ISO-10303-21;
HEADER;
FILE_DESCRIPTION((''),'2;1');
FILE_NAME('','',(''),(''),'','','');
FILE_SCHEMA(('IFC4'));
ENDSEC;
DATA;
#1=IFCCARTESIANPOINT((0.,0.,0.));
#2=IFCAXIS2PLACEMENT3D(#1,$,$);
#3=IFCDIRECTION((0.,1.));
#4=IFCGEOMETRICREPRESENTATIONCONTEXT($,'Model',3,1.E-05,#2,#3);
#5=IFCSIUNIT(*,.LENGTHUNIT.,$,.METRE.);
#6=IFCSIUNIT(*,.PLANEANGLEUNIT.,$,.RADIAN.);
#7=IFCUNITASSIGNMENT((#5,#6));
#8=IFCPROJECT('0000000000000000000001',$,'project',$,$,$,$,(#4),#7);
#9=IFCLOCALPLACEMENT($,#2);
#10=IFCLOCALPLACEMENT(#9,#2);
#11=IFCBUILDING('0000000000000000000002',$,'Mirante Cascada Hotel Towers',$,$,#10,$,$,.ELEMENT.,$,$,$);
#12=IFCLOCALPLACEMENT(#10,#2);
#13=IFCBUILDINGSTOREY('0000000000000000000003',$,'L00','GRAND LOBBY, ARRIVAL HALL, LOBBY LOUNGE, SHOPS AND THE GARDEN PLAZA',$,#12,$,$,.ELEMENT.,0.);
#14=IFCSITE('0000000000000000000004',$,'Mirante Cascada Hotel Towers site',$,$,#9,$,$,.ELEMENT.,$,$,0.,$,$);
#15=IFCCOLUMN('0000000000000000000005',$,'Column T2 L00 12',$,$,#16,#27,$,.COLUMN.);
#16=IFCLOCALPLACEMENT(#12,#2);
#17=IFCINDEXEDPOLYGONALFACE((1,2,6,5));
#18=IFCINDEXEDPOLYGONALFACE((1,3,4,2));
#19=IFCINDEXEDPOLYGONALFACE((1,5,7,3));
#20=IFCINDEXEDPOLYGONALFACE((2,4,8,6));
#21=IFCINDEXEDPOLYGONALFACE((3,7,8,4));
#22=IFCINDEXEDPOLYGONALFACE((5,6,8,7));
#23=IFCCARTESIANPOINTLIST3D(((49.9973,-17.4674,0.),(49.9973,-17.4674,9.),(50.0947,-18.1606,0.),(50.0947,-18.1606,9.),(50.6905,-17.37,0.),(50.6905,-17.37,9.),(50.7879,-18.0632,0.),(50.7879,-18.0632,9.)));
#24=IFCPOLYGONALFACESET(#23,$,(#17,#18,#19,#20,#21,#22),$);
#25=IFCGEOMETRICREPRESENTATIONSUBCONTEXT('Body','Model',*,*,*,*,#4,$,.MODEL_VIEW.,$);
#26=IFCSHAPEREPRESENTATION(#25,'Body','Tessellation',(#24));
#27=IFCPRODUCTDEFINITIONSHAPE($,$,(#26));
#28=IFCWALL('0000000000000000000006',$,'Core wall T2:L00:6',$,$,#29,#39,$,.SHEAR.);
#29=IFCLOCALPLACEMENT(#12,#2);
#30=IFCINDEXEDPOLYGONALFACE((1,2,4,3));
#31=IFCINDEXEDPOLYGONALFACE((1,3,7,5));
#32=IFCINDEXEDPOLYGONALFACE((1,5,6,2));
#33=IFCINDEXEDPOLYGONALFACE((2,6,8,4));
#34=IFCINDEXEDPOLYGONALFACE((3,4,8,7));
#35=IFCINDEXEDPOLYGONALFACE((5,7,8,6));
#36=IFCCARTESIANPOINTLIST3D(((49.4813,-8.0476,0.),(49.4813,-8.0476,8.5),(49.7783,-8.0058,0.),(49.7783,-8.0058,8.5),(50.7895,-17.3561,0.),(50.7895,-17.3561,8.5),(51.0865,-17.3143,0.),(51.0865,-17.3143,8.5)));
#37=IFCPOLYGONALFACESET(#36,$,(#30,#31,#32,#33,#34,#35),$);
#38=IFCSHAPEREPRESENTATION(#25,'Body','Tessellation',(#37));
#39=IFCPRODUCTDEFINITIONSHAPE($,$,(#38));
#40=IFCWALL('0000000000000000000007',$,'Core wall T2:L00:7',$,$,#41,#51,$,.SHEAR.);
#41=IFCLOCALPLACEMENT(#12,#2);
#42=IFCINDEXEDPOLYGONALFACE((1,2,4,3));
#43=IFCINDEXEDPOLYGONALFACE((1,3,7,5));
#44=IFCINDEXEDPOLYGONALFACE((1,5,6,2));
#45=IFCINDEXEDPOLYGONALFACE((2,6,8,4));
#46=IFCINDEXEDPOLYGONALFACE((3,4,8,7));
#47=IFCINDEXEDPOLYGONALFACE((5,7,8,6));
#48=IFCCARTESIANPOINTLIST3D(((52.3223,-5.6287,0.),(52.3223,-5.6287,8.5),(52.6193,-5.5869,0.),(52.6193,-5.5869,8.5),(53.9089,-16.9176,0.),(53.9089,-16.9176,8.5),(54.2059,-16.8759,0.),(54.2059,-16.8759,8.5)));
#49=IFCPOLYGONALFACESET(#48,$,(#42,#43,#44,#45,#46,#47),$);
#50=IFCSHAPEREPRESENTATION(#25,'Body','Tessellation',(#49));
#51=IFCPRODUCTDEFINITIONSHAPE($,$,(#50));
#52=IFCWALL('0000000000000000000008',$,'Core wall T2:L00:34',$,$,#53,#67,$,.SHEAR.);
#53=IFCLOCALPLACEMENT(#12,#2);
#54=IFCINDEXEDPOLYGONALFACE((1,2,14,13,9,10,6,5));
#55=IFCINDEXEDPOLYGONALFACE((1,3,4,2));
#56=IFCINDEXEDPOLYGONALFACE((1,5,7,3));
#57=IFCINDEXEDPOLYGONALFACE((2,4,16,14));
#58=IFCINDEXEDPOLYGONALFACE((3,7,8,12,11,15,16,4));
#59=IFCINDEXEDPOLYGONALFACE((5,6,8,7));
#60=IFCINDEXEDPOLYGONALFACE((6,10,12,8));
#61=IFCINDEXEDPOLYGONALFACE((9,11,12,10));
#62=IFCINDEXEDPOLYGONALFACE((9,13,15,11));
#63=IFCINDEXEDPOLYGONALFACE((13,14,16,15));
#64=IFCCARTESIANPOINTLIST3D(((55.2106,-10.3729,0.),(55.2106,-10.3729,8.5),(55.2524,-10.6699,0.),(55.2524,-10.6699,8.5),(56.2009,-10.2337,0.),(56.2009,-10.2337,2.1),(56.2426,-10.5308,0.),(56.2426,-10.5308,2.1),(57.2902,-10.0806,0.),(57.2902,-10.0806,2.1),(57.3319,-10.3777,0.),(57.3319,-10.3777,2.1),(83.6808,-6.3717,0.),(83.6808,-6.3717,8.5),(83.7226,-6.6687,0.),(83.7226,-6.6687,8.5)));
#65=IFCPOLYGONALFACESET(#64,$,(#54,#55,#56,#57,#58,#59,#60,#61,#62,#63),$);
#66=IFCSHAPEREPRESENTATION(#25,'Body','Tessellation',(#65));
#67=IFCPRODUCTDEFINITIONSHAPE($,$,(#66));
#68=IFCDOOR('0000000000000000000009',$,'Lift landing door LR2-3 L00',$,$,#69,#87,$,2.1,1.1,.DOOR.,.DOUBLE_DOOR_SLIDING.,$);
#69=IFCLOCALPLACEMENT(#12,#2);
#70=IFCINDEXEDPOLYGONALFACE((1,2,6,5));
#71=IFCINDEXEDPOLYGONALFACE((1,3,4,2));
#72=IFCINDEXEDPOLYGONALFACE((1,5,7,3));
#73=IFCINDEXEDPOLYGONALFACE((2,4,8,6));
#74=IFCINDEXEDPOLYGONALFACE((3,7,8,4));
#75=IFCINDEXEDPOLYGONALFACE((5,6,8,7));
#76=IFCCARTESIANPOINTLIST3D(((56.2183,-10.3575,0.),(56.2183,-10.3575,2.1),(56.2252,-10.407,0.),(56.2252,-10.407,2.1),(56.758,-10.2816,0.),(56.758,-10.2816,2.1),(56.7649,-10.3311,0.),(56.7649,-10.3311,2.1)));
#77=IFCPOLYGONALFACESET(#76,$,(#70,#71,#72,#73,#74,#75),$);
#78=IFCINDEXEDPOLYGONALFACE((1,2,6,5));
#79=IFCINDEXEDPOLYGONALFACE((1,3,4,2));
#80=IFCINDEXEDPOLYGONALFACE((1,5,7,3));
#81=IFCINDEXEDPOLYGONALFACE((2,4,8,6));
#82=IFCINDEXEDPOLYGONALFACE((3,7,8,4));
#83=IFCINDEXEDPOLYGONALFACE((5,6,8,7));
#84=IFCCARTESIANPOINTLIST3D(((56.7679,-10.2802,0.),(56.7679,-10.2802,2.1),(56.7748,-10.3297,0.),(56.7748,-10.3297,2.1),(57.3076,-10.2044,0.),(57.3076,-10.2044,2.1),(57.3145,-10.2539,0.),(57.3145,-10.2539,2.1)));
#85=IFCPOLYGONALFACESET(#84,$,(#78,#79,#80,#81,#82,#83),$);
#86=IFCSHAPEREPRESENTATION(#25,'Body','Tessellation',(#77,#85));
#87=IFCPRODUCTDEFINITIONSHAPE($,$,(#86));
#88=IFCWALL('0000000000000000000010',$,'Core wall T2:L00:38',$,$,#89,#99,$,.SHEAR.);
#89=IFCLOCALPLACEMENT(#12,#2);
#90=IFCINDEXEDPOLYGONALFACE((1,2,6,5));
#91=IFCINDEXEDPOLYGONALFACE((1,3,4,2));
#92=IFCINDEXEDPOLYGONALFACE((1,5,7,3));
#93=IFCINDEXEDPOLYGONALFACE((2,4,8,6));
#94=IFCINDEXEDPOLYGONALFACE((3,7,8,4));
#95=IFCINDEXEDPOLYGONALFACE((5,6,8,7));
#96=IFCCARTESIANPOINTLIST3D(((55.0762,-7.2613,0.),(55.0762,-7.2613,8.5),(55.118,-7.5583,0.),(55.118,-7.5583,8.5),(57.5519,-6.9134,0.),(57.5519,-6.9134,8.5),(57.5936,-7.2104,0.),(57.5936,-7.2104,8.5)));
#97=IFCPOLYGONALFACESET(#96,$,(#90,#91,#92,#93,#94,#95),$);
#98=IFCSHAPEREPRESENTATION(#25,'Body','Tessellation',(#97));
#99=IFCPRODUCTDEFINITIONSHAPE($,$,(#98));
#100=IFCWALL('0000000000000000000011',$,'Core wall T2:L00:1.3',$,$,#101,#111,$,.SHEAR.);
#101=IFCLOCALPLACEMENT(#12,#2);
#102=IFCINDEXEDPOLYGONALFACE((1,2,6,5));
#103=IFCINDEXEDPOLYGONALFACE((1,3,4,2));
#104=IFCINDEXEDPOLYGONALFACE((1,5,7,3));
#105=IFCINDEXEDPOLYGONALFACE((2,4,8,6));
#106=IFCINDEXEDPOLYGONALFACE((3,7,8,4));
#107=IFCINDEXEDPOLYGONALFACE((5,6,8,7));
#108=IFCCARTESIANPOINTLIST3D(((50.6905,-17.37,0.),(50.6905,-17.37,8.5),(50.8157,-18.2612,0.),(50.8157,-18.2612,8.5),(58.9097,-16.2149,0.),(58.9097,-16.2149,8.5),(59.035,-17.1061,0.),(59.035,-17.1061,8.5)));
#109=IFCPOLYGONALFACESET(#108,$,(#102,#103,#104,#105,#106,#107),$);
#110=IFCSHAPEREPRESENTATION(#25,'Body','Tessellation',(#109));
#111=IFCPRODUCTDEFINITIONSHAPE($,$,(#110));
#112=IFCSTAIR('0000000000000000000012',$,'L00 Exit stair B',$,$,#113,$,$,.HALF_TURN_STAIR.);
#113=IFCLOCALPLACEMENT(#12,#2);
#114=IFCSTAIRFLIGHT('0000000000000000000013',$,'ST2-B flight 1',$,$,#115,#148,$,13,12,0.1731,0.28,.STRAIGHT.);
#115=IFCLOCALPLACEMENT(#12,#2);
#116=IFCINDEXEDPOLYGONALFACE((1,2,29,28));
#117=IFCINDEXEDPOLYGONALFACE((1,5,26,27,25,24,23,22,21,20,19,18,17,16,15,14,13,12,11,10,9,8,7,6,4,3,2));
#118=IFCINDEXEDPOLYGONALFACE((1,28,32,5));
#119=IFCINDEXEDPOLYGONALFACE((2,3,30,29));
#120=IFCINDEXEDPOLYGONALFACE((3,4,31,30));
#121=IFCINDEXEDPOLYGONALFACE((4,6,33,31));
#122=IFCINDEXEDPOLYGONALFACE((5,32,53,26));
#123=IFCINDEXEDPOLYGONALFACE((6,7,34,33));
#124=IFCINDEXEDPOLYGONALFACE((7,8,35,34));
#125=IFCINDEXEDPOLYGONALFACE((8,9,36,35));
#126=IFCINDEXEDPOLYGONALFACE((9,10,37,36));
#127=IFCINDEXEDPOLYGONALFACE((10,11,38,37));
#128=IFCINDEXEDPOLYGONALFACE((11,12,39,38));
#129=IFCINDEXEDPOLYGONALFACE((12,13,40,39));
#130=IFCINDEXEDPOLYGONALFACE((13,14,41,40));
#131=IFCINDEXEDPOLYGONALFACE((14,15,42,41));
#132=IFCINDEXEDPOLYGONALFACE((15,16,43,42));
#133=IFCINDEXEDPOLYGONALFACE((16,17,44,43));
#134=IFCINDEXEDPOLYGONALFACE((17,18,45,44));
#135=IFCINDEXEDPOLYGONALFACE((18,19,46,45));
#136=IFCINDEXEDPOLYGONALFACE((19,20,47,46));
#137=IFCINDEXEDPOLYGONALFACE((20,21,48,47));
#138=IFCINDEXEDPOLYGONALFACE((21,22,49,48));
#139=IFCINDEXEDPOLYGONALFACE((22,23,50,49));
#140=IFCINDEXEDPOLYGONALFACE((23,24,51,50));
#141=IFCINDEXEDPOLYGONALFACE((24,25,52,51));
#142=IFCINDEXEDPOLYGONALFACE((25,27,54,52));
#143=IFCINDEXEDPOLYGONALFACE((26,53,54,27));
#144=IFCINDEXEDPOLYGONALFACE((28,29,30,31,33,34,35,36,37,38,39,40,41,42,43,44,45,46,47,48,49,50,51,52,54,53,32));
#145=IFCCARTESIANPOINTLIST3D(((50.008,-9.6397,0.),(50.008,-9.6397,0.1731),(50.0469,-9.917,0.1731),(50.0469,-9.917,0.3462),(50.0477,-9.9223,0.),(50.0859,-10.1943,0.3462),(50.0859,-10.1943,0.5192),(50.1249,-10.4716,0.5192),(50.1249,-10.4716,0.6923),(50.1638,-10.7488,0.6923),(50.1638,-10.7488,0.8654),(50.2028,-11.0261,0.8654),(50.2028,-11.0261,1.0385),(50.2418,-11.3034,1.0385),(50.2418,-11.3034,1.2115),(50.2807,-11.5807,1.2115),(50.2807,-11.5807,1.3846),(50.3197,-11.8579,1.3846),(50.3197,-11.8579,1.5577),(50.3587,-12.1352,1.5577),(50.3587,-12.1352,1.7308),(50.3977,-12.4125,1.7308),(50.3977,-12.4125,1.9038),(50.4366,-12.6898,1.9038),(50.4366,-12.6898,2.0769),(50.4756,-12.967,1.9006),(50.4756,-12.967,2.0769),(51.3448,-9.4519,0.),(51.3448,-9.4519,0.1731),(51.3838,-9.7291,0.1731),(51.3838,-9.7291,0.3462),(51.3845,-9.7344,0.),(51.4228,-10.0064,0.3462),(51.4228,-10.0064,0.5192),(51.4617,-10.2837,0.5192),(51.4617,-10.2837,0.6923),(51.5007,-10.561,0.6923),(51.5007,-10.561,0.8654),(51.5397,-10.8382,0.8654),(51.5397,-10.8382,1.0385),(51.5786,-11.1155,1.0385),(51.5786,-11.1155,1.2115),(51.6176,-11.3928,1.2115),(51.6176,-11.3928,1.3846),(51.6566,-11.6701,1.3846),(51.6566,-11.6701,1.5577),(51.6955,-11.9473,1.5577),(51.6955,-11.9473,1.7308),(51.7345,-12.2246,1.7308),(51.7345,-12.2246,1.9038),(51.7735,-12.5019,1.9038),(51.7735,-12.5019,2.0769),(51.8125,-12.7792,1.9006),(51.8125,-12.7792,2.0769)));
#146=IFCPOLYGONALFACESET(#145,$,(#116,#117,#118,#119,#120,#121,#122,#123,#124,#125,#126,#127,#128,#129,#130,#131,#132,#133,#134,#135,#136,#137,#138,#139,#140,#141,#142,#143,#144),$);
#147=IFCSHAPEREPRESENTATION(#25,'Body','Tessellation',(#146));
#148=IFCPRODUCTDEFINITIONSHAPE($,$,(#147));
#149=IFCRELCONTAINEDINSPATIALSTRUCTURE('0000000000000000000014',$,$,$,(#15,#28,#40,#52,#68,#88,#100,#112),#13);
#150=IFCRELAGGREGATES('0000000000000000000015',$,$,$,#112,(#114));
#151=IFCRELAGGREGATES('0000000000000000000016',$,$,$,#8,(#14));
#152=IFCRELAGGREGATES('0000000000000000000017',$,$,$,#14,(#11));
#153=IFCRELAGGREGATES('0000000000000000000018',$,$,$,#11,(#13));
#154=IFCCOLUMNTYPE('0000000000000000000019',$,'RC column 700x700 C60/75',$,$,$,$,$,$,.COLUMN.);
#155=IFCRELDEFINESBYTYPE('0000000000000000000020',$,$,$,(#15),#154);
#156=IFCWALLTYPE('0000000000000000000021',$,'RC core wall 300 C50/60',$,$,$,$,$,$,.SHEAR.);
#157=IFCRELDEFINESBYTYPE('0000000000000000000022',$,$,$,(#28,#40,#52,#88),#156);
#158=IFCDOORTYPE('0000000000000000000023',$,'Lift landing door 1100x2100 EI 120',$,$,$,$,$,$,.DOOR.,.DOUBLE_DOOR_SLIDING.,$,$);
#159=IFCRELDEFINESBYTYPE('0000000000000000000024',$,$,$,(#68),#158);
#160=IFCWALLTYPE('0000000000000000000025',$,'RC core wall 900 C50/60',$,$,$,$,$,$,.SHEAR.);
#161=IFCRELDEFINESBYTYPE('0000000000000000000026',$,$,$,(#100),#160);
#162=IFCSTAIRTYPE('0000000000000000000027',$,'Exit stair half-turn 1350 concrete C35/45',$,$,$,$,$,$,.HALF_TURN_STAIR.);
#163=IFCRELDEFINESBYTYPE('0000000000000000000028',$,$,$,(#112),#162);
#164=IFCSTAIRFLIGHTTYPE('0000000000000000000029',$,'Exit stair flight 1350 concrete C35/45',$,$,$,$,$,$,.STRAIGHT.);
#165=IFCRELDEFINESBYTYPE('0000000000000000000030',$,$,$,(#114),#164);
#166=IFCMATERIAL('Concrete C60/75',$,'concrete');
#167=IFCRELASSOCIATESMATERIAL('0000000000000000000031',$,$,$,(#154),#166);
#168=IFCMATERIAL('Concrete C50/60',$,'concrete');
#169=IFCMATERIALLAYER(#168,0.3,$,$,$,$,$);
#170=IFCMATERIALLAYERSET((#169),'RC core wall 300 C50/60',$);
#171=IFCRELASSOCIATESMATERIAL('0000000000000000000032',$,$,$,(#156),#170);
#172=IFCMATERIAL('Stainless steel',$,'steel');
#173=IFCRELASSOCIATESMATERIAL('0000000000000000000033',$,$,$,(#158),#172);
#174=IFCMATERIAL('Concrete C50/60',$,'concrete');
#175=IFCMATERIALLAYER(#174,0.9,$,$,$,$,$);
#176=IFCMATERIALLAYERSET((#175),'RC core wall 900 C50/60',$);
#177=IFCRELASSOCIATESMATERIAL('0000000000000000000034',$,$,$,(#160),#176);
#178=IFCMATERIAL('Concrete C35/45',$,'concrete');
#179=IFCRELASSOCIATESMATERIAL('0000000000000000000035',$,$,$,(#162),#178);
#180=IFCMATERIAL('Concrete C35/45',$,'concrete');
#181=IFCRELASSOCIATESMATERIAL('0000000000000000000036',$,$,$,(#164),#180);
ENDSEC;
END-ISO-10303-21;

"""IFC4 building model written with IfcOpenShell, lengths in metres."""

from ifc_helpers import new_model, si_unit, direction, frame, frame_2d, origin, origin_2d, place, context, subcontext, project, spatial, polyline, rectangle, outline, extrude, material, layer, layer_set, material_profile, profile_set, type_object, element, fill, aggregate, save


model = new_model("IFC4")

# Units and contexts
model_context = context("Model", 3, precision=1e-05, world=origin(), true_north=direction((0.0, 1.0)))
body_context = subcontext(model_context, "Body", "Model", "MODEL_VIEW")
ifc_project = project(units=[si_unit("LENGTHUNIT", "METRE"), si_unit("PLANEANGLEUNIT", "RADIAN")], contexts=[model_context])

# Site, building, storey
site_placement = place(None, origin())
site = spatial("IfcSite", under=ifc_project, at=site_placement, Name="Mirante Cascada Hotel Towers site", CompositionType="ELEMENT", RefElevation=0.0)
building_placement = place(site_placement, origin())
building = spatial("IfcBuilding", under=site, at=building_placement, Name="Mirante Cascada Hotel Towers", CompositionType="ELEMENT")
storey_placement = place(building_placement, origin())
storey = spatial("IfcBuildingStorey", under=building, at=storey_placement, Name="L00", Description="GRAND LOBBY, ARRIVAL HALL, LOBBY LOUNGE, SHOPS AND THE GARDEN PLAZA", CompositionType="ELEMENT", Elevation=0.0)

# Column
ifc_material_1 = material(Name="Concrete C60/75", Category="concrete")
ifc_material_profile = material_profile(ifc_material_1, rectangle(XDim=0.7, YDim=0.7, at=origin_2d()), Name="RC column 700x700 C60/75")
ifc_profile_set = profile_set([ifc_material_profile], Name="Concrete C60/75")
column_type = type_object("IfcColumnType", Name="RC column 700x700 C60/75", PredefinedType="COLUMN", material=ifc_profile_set)
column_placement = place(storey_placement, frame((50.3926, -17.7653, 0.0), z_axis=(0.0, 0.0, 1.0), x_axis=(0.990268, 0.139173, 0.0)))
element("IfcColumn", 1, at=column_placement, inside=storey, type_object=column_type, Name="Column T2 L00 12", PredefinedType="COLUMN", context=body_context, shape_type="SweptSolid", body=[
    extrude(rectangle(XDim=0.7, YDim=0.7, at=origin_2d()), origin(), (0.0, 0.0, 1.0), 9.0),
])

# Walls
ifc_material_2 = material(Name="Concrete C50/60", Category="concrete")
ifc_layer_1 = layer(ifc_material_2, 0.3)
ifc_layer_set_1 = layer_set([ifc_layer_1], Name="RC core wall 300 C50/60")
wall_type_1 = type_object("IfcWallType", Name="RC core wall 300 C50/60", PredefinedType="SHEAR", material=ifc_layer_set_1)
wall_1_placement = place(storey_placement, frame((50.938, -17.3352, 0.0), z_axis=(0.0, 0.0, 1.0), x_axis=(-0.139171, 0.990268, 0.0)))
element("IfcWall", 2, at=wall_1_placement, inside=storey, type_object=wall_type_1, Name="Core wall T2:L00:6", PredefinedType="SHEAR", context=body_context, shape_type="SweptSolid", body=[
    extrude(rectangle(XDim=9.4, YDim=0.3, at=frame_2d((4.7, 0.0))), origin(), (0.0, 0.0, 1.0), 8.5),
])
wall_2_placement = place(storey_placement, frame((54.0574, -16.8968, 0.0), z_axis=(0.0, 0.0, 1.0), x_axis=(-0.139176, 0.990268, 0.0)))
element("IfcWall", 3, at=wall_2_placement, inside=storey, type_object=wall_type_1, Name="Core wall T2:L00:7", PredefinedType="SHEAR", context=body_context, shape_type="SweptSolid", body=[
    extrude(rectangle(XDim=11.3999, YDim=0.3, at=frame_2d((5.7, 0.0))), origin(), (0.0, 0.0, 1.0), 8.5),
])

# Shared definitions
ifc_material_3 = material(Name="Stainless steel", Category="steel")
door_type_1 = type_object("IfcDoorType", Name="Lift landing door 1100x2100 EI 120", OperationType="DOUBLE_DOOR_SLIDING", PredefinedType="DOOR", material=ifc_material_3)

# Wall, opening, door
wall_3_placement = place(storey_placement, frame((55.2315, -10.5214, 0.0), z_axis=(0.0, 0.0, 1.0), x_axis=(0.990268, 0.139172, 0.0)))
wall_3 = element("IfcWall", 4, at=wall_3_placement, inside=storey, type_object=wall_type_1, Name="Core wall T2:L00:34", PredefinedType="SHEAR", context=body_context, shape_type="SweptSolid", body=[
    extrude(rectangle(XDim=28.75, YDim=0.3, at=frame_2d((14.375, 0.0))), origin(), (0.0, 0.0, 1.0), 8.5),
])
opening_1_placement = place(wall_3_placement, frame((1.0, 0.0, 0.0)))
opening_1 = element("IfcOpeningElement", 5, at=opening_1_placement, cuts=wall_3, PredefinedType="OPENING", context=body_context, shape_type="SweptSolid", body=[
    extrude(rectangle(XDim=1.1, YDim=2.1, at=frame_2d((0.55, 1.05))), frame((0.0, 0.15, 0.0), z_axis=(0.0, -1.0, 0.0), x_axis=(1.0, 0.0, 0.0)), (0.0, 0.0, 1.0), 0.3),
])
door_1_placement = place(opening_1_placement, origin())
door_1 = element("IfcDoor", 6, at=door_1_placement, inside=storey, type_object=door_type_1, Name="Lift landing door LR2-3 L00", OperationType="DOUBLE_DOOR_SLIDING", OverallHeight=2.1, OverallWidth=1.1, PredefinedType="DOOR", context=body_context, shape_type="SweptSolid", body=[
    extrude(rectangle(XDim=0.545, YDim=2.1, at=frame_2d((0.2725, 1.05))), frame((0.0, 0.025, 0.0), z_axis=(0.0, -1.0, 0.0), x_axis=(1.0, 0.0, 0.0)), (0.0, 0.0, 1.0), 0.05),
    extrude(rectangle(XDim=0.545, YDim=2.1, at=frame_2d((0.8275, 1.05))), frame((0.0, 0.025, 0.0), z_axis=(0.0, -1.0, 0.0), x_axis=(1.0, 0.0, 0.0)), (0.0, 0.0, 1.0), 0.05),
])
fill(opening_1, door_1)

# Walls
wall_4_placement = place(storey_placement, frame((55.0971, -7.4098, 0.0), z_axis=(0.0, 0.0, 1.0), x_axis=(0.99027, 0.139159, 0.0)))
element("IfcWall", 7, at=wall_4_placement, inside=storey, type_object=wall_type_1, Name="Core wall T2:L00:38", PredefinedType="SHEAR", context=body_context, shape_type="SweptSolid", body=[
    extrude(rectangle(XDim=2.5, YDim=0.3, at=frame_2d((1.25, 0.0))), origin(), (0.0, 0.0, 1.0), 8.5),
])
ifc_material_4 = material(Name="Concrete C50/60", Category="concrete")
ifc_layer_2 = layer(ifc_material_4, 0.9)
ifc_layer_set_2 = layer_set([ifc_layer_2], Name="RC core wall 900 C50/60")
wall_type_2 = type_object("IfcWallType", Name="RC core wall 900 C50/60", PredefinedType="SHEAR", material=ifc_layer_set_2)
wall_5_placement = place(storey_placement, frame((50.7531, -17.8156, 0.0), z_axis=(0.0, 0.0, 1.0), x_axis=(0.990269, 0.139169, 0.0)))
element("IfcWall", 8, at=wall_5_placement, inside=storey, type_object=wall_type_2, Name="Core wall T2:L00:1.3", PredefinedType="SHEAR", context=body_context, shape_type="SweptSolid", body=[
    extrude(rectangle(XDim=8.3, YDim=0.9, at=frame_2d((4.15, 0.0))), origin(), (0.0, 0.0, 1.0), 8.5),
])

# Stair, stair flight
ifc_material_5 = material(Name="Concrete C35/45", Category="concrete")
stair_type = type_object("IfcStairType", Name="Exit stair half-turn 1350 concrete C35/45", PredefinedType="HALF_TURN_STAIR", material=ifc_material_5)
stair_placement = place(storey_placement, origin())
stair = element("IfcStair", 9, at=stair_placement, inside=storey, type_object=stair_type, Name="L00 Exit stair B", PredefinedType="HALF_TURN_STAIR")
ifc_material_6 = material(Name="Concrete C35/45", Category="concrete")
stair_flight_type = type_object("IfcStairFlightType", Name="Exit stair flight 1350 concrete C35/45", PredefinedType="STRAIGHT", material=ifc_material_6)
stair_flight_1_placement = place(storey_placement, frame((50.6764, -9.5458, 0.0), z_axis=(0.0, 0.0, 1.0), x_axis=(0.139173, -0.990268, 0.0)))
stair_flight_1 = element("IfcStairFlight", 10, at=stair_flight_1_placement, type_object=stair_flight_type, Name="ST2-B flight 1", NumberOfRisers=13, NumberOfTreads=12, PredefinedType="STRAIGHT", RiserHeight=0.1731, TreadLength=0.28, context=body_context, shape_type="SweptSolid", body=[
    extrude(outline(polyline([(0.0, 0.0), (0.0, 0.1731), (0.28, 0.1731), (0.28, 0.3462), (0.56, 0.3462), (0.56, 0.5192), (0.84, 0.5192), (0.84, 0.6923), (1.12, 0.6923), (1.12, 0.8654), (1.4, 0.8654), (1.4, 1.0385), (1.68, 1.0385), (1.68, 1.2115), (1.96, 1.2115), (1.96, 1.3846), (2.24, 1.3846), (2.24, 1.5577), (2.52, 1.5577), (2.52, 1.7308), (2.8, 1.7308), (2.8, 1.9038), (3.08, 1.9038), (3.08, 2.0769), (3.36, 2.0769), (3.36, 2.25), (3.36, 1.9006), (0.2853, 0.0), (0.0, 0.0)])), frame((0.0, 0.675, 0.0), z_axis=(0.0, -1.0, 0.0), x_axis=(1.0, 0.0, 0.0)), (0.0, 0.0, 1.0), 1.35),
])
aggregate(stair, [stair_flight_1])

save(model, "model.ifc")
